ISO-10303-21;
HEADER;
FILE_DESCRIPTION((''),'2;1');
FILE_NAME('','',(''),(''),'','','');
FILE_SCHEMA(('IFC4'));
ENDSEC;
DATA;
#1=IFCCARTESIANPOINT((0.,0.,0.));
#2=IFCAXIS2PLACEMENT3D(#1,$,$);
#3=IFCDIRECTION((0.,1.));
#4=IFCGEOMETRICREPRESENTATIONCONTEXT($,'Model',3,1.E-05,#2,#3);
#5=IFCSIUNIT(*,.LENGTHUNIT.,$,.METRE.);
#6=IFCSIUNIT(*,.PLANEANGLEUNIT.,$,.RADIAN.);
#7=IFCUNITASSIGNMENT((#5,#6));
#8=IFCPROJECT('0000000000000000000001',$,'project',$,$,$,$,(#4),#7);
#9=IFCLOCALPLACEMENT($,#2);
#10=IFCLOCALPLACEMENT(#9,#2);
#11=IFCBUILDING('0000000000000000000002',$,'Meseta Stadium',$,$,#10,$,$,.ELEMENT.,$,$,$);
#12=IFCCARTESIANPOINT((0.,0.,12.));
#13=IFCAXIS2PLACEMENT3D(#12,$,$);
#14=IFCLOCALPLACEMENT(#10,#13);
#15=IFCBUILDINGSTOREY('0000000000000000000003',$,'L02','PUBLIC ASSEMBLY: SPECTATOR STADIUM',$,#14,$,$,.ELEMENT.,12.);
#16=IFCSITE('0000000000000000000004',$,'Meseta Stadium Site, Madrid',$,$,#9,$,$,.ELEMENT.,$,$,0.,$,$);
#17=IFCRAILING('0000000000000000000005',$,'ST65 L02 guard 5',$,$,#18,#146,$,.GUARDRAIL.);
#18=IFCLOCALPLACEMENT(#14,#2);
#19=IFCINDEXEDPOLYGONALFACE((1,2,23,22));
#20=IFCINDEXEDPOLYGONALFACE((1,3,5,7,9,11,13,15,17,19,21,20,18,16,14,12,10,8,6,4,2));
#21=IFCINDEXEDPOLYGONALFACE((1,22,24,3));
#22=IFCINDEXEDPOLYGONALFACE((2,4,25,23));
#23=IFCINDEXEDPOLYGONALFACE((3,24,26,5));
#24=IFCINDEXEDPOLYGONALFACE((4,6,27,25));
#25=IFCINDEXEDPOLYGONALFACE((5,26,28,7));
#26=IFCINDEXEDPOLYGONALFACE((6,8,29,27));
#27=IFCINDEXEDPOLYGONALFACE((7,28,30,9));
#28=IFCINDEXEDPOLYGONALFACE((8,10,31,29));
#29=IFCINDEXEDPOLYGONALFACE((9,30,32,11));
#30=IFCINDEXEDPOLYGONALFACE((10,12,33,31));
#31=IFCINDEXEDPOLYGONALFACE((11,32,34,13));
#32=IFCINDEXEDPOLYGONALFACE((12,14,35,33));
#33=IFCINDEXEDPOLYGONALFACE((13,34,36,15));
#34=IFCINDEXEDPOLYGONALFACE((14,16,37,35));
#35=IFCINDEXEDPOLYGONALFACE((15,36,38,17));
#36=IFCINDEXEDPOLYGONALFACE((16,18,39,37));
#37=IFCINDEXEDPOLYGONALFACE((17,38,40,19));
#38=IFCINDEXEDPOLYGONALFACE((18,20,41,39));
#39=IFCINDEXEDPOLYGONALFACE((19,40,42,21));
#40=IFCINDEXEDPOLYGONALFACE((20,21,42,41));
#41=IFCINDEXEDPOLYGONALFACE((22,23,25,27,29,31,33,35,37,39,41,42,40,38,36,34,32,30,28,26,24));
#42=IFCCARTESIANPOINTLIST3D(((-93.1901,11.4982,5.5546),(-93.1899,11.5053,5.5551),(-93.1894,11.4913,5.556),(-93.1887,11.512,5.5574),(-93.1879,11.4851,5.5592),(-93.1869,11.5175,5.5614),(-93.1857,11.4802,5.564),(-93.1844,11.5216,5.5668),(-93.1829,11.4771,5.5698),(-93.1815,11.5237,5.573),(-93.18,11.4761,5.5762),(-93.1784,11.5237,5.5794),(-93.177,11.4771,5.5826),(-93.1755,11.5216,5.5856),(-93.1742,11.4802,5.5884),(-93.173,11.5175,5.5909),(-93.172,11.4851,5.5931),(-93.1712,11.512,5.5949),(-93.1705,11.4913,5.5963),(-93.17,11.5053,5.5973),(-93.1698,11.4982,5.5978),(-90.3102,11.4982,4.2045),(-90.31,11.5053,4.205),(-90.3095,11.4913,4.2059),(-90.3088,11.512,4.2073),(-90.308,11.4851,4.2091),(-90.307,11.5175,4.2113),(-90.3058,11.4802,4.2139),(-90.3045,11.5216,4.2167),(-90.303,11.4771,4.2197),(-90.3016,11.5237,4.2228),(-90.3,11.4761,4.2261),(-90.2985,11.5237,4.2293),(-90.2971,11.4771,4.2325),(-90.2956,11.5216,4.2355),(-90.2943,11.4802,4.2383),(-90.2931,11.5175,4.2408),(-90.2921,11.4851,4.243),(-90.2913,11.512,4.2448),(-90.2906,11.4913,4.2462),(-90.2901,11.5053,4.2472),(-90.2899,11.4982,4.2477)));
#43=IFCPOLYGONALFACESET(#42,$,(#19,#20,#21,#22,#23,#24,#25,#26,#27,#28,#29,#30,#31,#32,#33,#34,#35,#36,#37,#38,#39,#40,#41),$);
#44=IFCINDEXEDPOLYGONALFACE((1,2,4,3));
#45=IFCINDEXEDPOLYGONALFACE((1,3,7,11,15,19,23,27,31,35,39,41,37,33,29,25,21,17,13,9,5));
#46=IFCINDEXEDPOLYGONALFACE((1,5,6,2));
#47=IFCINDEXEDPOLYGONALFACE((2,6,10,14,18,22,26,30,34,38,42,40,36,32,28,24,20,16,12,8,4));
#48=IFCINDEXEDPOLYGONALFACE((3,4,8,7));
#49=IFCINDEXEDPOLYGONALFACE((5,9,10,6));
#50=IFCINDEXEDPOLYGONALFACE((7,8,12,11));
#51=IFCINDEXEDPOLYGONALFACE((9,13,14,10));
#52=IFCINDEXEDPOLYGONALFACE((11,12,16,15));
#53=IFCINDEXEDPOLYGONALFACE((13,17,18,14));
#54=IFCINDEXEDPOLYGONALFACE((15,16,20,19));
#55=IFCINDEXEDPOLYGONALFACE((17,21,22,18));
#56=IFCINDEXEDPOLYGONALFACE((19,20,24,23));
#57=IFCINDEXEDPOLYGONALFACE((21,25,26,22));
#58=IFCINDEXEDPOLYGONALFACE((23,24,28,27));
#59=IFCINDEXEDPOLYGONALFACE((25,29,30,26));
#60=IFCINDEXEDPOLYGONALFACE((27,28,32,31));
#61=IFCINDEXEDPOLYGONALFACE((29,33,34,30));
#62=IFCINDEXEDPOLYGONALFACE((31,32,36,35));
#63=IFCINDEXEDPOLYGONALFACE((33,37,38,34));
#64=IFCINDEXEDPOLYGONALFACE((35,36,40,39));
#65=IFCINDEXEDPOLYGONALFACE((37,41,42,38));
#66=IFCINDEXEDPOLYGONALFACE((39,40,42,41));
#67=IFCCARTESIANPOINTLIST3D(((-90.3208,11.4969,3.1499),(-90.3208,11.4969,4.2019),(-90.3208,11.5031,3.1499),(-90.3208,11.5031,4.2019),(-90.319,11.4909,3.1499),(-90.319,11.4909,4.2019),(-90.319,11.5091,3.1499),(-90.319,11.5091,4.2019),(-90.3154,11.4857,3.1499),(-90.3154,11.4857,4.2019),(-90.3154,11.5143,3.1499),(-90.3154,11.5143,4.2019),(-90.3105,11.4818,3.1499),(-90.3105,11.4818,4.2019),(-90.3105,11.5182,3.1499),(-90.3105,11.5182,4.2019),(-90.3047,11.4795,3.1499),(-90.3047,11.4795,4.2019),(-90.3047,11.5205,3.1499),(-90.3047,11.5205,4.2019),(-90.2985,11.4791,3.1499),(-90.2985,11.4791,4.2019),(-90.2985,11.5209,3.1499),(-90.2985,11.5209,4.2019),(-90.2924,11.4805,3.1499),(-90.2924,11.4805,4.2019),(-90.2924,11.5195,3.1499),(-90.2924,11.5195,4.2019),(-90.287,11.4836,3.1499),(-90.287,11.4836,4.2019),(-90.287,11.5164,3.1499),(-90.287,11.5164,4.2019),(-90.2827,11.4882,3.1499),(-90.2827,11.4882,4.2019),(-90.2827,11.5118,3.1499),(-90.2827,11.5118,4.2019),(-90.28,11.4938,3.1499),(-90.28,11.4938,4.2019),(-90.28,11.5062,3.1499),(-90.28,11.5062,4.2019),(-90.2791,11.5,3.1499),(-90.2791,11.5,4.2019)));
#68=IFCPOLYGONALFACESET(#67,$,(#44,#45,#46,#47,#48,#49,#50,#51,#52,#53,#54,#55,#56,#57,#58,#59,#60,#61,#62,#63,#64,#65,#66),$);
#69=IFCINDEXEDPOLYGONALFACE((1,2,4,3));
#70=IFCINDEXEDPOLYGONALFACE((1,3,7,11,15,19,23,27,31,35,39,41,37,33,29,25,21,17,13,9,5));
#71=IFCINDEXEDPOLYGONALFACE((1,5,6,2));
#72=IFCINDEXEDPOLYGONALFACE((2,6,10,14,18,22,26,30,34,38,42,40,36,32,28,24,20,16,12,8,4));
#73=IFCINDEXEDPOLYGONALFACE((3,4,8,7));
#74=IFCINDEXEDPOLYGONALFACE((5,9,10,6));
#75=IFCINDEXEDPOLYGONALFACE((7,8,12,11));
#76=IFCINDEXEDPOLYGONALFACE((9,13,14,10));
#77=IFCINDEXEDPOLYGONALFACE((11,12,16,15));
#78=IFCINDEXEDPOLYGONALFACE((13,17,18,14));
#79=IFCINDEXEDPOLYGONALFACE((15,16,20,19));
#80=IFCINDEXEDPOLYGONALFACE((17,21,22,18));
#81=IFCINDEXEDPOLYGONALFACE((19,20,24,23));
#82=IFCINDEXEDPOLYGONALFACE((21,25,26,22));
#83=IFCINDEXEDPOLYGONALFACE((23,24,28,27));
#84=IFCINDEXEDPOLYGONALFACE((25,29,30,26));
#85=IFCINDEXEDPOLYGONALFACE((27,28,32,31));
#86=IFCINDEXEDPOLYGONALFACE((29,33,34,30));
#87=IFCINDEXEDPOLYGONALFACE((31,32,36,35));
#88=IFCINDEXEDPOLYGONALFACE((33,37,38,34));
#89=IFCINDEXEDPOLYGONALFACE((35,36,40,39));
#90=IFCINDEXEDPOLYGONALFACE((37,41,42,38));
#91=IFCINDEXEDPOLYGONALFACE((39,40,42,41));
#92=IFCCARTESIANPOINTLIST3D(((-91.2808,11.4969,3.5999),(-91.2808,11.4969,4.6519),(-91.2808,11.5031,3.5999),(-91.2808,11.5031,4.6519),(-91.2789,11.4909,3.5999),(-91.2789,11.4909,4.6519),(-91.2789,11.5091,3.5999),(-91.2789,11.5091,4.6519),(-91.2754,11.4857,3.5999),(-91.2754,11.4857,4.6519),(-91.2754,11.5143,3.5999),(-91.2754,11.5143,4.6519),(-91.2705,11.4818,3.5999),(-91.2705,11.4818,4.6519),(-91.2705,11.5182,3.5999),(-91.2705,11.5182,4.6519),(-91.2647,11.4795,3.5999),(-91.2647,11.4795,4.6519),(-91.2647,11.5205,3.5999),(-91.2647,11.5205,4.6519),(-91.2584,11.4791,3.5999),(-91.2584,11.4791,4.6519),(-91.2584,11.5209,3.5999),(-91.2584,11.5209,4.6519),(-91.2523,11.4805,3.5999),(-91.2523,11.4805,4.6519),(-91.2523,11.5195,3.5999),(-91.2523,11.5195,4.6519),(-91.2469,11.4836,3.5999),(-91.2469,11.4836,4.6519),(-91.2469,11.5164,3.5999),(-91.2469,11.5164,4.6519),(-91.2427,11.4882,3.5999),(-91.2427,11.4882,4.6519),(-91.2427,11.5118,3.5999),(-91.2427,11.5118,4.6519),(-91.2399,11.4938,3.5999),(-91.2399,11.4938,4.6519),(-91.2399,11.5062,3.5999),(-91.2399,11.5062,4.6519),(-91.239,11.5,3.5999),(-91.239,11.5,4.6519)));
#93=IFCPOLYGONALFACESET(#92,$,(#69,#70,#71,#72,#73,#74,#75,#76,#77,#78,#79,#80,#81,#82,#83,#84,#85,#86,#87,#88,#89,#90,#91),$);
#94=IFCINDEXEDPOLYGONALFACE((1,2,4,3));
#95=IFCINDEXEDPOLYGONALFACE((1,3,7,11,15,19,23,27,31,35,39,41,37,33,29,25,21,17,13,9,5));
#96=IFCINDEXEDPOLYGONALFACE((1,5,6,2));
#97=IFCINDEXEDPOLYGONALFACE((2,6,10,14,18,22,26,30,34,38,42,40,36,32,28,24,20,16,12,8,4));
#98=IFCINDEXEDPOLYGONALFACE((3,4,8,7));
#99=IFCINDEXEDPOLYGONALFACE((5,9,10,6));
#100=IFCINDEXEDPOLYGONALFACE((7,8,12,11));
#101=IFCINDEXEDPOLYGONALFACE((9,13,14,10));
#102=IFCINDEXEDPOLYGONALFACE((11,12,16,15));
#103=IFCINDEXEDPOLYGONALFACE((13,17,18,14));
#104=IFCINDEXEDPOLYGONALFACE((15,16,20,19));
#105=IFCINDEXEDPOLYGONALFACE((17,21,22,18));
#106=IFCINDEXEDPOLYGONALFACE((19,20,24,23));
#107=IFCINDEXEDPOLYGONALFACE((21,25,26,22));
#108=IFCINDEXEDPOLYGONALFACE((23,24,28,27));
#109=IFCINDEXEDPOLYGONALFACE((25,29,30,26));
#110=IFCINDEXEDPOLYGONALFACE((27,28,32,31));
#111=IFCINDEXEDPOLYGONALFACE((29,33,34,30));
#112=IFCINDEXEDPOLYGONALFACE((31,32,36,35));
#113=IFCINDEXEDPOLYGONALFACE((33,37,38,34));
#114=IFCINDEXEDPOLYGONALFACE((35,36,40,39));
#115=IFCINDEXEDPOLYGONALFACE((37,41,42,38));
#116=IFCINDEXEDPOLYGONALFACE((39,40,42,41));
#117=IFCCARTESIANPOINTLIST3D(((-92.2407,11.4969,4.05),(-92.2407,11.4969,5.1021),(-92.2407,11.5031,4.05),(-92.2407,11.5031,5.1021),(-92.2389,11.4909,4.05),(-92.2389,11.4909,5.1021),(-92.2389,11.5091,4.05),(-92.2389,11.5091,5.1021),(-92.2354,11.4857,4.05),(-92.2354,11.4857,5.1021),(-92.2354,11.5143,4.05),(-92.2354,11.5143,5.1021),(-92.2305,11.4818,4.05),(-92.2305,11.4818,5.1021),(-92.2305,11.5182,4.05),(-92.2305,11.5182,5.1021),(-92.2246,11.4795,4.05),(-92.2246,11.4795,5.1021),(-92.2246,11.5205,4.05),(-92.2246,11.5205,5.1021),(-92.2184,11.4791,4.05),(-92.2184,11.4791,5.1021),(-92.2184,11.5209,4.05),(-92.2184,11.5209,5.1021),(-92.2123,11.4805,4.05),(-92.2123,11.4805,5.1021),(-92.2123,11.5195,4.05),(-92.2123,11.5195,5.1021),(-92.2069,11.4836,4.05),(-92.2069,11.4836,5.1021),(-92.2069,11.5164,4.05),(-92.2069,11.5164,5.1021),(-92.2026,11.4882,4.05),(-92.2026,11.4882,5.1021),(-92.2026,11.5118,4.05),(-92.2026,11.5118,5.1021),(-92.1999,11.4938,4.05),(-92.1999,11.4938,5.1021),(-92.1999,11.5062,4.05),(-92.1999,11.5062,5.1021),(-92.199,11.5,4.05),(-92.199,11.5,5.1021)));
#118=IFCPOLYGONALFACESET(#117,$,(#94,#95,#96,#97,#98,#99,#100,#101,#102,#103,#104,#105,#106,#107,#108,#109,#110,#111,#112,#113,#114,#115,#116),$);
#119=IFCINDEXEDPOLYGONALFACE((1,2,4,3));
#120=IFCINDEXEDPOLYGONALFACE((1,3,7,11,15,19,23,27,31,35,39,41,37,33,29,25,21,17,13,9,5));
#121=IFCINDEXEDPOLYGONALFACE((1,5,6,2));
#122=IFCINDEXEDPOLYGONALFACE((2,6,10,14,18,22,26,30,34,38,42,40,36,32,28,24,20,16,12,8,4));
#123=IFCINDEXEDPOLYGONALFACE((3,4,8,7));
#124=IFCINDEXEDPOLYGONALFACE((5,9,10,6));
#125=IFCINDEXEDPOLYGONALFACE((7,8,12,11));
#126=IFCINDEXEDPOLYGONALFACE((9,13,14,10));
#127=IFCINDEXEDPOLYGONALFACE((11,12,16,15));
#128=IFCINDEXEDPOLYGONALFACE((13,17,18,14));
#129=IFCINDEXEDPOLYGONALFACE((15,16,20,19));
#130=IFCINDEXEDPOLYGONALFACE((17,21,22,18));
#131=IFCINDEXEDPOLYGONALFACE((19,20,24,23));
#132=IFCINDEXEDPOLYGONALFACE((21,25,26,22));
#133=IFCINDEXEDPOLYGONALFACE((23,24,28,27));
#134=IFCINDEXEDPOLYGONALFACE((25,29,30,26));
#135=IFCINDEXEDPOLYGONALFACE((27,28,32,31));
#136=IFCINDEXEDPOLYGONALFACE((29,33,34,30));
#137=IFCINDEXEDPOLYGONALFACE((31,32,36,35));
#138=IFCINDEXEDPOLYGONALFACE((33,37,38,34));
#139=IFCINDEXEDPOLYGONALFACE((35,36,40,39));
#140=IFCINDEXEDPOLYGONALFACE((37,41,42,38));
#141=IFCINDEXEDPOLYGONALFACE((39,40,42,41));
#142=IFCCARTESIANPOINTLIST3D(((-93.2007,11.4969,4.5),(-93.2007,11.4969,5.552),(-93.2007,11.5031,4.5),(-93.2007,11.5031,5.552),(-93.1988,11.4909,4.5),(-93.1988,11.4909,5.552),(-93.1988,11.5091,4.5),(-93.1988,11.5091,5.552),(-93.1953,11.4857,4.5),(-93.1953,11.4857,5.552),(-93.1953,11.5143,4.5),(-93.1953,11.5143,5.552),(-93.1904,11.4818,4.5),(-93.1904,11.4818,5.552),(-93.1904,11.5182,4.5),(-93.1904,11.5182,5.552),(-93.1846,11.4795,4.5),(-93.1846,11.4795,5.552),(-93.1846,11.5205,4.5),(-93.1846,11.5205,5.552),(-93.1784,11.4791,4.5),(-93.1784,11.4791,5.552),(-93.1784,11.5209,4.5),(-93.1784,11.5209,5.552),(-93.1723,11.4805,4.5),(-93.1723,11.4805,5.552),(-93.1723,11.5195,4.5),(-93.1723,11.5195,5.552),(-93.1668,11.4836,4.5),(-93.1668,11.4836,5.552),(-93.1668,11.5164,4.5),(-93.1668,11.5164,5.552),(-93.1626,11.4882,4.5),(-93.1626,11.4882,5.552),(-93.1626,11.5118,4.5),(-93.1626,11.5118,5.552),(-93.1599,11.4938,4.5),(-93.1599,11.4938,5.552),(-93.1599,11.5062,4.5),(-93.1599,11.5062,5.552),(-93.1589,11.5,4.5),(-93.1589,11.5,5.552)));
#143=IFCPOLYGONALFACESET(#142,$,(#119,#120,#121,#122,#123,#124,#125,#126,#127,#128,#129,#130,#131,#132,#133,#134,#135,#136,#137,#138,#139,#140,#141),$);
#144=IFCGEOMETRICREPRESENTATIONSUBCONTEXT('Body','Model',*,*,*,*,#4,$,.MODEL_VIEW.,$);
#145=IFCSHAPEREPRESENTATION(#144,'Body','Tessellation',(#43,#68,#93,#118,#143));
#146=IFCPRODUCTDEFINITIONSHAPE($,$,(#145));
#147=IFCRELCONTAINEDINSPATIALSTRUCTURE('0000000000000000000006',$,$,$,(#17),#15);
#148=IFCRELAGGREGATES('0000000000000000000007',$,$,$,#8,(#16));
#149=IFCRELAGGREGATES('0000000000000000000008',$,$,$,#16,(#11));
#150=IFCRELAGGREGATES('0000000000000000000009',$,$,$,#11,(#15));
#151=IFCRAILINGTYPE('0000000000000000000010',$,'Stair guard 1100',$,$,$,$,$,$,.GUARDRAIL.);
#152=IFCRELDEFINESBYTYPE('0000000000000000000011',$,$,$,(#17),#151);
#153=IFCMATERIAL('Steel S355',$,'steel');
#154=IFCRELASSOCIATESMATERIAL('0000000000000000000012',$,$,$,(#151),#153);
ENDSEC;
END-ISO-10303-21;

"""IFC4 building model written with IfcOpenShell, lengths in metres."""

from ifc_helpers import new_model, si_unit, direction, frame, origin, origin_2d, place, context, subcontext, project, spatial, circle, extrude, material, type_object, element, save


model = new_model("IFC4")

# Units and contexts
model_context = context("Model", 3, precision=1e-05, world=origin(), true_north=direction((0.0, 1.0)))
body_context = subcontext(model_context, "Body", "Model", "MODEL_VIEW")
ifc_project = project(units=[si_unit("LENGTHUNIT", "METRE"), si_unit("PLANEANGLEUNIT", "RADIAN")], contexts=[model_context])

# Site, building, storey
site_placement = place(None, origin())
site = spatial("IfcSite", under=ifc_project, at=site_placement, Name="Meseta Stadium Site, Madrid", CompositionType="ELEMENT", RefElevation=0.0)
building_placement = place(site_placement, origin())
building = spatial("IfcBuilding", under=site, at=building_placement, Name="Meseta Stadium", CompositionType="ELEMENT")
storey_placement = place(building_placement, frame((0.0, 0.0, 12.0)))
storey = spatial("IfcBuildingStorey", under=building, at=storey_placement, Name="L02", Description="PUBLIC ASSEMBLY: SPECTATOR STADIUM", CompositionType="ELEMENT", Elevation=12.0)

# Railing
ifc_material_1 = material(Name="Steel S355", Category="steel")
railing_type_1 = type_object("IfcRailingType", Name="Stair guard 1100", PredefinedType="GUARDRAIL", material=ifc_material_1)
railing_1_placement = place(storey_placement, frame((-90.3, 11.5, 3.1499)))
element("IfcRailing", 1, at=railing_1_placement, inside=storey, type_object=railing_type_1, Name="ST65 L02 guard 5", PredefinedType="GUARDRAIL", context=body_context, shape_type="SweptSolid", body=[
    extrude(circle(Radius=0.0239, at=origin_2d()), frame((0.0, 0.0, 1.0762), z_axis=(-0.90544, 0.0, 0.424473), x_axis=(0.0, -1.0, 0.0)), (0.0, 0.0, 1.0), 3.1807),
    extrude(circle(Radius=0.021, at=origin_2d()), origin(), (0.0, 0.0, 1.0), 1.052),
    extrude(circle(Radius=0.021, at=origin_2d()), frame((-0.96, 0.0, 0.45)), (0.0, 0.0, 1.0), 1.052),
    extrude(circle(Radius=0.021, at=origin_2d()), frame((-1.9199, 0.0, 0.9001)), (0.0, 0.0, 1.0), 1.052),
    extrude(circle(Radius=0.021, at=origin_2d()), frame((-2.8799, 0.0, 1.3501)), (0.0, 0.0, 1.0), 1.052),
])

save(model, "model.ifc")
